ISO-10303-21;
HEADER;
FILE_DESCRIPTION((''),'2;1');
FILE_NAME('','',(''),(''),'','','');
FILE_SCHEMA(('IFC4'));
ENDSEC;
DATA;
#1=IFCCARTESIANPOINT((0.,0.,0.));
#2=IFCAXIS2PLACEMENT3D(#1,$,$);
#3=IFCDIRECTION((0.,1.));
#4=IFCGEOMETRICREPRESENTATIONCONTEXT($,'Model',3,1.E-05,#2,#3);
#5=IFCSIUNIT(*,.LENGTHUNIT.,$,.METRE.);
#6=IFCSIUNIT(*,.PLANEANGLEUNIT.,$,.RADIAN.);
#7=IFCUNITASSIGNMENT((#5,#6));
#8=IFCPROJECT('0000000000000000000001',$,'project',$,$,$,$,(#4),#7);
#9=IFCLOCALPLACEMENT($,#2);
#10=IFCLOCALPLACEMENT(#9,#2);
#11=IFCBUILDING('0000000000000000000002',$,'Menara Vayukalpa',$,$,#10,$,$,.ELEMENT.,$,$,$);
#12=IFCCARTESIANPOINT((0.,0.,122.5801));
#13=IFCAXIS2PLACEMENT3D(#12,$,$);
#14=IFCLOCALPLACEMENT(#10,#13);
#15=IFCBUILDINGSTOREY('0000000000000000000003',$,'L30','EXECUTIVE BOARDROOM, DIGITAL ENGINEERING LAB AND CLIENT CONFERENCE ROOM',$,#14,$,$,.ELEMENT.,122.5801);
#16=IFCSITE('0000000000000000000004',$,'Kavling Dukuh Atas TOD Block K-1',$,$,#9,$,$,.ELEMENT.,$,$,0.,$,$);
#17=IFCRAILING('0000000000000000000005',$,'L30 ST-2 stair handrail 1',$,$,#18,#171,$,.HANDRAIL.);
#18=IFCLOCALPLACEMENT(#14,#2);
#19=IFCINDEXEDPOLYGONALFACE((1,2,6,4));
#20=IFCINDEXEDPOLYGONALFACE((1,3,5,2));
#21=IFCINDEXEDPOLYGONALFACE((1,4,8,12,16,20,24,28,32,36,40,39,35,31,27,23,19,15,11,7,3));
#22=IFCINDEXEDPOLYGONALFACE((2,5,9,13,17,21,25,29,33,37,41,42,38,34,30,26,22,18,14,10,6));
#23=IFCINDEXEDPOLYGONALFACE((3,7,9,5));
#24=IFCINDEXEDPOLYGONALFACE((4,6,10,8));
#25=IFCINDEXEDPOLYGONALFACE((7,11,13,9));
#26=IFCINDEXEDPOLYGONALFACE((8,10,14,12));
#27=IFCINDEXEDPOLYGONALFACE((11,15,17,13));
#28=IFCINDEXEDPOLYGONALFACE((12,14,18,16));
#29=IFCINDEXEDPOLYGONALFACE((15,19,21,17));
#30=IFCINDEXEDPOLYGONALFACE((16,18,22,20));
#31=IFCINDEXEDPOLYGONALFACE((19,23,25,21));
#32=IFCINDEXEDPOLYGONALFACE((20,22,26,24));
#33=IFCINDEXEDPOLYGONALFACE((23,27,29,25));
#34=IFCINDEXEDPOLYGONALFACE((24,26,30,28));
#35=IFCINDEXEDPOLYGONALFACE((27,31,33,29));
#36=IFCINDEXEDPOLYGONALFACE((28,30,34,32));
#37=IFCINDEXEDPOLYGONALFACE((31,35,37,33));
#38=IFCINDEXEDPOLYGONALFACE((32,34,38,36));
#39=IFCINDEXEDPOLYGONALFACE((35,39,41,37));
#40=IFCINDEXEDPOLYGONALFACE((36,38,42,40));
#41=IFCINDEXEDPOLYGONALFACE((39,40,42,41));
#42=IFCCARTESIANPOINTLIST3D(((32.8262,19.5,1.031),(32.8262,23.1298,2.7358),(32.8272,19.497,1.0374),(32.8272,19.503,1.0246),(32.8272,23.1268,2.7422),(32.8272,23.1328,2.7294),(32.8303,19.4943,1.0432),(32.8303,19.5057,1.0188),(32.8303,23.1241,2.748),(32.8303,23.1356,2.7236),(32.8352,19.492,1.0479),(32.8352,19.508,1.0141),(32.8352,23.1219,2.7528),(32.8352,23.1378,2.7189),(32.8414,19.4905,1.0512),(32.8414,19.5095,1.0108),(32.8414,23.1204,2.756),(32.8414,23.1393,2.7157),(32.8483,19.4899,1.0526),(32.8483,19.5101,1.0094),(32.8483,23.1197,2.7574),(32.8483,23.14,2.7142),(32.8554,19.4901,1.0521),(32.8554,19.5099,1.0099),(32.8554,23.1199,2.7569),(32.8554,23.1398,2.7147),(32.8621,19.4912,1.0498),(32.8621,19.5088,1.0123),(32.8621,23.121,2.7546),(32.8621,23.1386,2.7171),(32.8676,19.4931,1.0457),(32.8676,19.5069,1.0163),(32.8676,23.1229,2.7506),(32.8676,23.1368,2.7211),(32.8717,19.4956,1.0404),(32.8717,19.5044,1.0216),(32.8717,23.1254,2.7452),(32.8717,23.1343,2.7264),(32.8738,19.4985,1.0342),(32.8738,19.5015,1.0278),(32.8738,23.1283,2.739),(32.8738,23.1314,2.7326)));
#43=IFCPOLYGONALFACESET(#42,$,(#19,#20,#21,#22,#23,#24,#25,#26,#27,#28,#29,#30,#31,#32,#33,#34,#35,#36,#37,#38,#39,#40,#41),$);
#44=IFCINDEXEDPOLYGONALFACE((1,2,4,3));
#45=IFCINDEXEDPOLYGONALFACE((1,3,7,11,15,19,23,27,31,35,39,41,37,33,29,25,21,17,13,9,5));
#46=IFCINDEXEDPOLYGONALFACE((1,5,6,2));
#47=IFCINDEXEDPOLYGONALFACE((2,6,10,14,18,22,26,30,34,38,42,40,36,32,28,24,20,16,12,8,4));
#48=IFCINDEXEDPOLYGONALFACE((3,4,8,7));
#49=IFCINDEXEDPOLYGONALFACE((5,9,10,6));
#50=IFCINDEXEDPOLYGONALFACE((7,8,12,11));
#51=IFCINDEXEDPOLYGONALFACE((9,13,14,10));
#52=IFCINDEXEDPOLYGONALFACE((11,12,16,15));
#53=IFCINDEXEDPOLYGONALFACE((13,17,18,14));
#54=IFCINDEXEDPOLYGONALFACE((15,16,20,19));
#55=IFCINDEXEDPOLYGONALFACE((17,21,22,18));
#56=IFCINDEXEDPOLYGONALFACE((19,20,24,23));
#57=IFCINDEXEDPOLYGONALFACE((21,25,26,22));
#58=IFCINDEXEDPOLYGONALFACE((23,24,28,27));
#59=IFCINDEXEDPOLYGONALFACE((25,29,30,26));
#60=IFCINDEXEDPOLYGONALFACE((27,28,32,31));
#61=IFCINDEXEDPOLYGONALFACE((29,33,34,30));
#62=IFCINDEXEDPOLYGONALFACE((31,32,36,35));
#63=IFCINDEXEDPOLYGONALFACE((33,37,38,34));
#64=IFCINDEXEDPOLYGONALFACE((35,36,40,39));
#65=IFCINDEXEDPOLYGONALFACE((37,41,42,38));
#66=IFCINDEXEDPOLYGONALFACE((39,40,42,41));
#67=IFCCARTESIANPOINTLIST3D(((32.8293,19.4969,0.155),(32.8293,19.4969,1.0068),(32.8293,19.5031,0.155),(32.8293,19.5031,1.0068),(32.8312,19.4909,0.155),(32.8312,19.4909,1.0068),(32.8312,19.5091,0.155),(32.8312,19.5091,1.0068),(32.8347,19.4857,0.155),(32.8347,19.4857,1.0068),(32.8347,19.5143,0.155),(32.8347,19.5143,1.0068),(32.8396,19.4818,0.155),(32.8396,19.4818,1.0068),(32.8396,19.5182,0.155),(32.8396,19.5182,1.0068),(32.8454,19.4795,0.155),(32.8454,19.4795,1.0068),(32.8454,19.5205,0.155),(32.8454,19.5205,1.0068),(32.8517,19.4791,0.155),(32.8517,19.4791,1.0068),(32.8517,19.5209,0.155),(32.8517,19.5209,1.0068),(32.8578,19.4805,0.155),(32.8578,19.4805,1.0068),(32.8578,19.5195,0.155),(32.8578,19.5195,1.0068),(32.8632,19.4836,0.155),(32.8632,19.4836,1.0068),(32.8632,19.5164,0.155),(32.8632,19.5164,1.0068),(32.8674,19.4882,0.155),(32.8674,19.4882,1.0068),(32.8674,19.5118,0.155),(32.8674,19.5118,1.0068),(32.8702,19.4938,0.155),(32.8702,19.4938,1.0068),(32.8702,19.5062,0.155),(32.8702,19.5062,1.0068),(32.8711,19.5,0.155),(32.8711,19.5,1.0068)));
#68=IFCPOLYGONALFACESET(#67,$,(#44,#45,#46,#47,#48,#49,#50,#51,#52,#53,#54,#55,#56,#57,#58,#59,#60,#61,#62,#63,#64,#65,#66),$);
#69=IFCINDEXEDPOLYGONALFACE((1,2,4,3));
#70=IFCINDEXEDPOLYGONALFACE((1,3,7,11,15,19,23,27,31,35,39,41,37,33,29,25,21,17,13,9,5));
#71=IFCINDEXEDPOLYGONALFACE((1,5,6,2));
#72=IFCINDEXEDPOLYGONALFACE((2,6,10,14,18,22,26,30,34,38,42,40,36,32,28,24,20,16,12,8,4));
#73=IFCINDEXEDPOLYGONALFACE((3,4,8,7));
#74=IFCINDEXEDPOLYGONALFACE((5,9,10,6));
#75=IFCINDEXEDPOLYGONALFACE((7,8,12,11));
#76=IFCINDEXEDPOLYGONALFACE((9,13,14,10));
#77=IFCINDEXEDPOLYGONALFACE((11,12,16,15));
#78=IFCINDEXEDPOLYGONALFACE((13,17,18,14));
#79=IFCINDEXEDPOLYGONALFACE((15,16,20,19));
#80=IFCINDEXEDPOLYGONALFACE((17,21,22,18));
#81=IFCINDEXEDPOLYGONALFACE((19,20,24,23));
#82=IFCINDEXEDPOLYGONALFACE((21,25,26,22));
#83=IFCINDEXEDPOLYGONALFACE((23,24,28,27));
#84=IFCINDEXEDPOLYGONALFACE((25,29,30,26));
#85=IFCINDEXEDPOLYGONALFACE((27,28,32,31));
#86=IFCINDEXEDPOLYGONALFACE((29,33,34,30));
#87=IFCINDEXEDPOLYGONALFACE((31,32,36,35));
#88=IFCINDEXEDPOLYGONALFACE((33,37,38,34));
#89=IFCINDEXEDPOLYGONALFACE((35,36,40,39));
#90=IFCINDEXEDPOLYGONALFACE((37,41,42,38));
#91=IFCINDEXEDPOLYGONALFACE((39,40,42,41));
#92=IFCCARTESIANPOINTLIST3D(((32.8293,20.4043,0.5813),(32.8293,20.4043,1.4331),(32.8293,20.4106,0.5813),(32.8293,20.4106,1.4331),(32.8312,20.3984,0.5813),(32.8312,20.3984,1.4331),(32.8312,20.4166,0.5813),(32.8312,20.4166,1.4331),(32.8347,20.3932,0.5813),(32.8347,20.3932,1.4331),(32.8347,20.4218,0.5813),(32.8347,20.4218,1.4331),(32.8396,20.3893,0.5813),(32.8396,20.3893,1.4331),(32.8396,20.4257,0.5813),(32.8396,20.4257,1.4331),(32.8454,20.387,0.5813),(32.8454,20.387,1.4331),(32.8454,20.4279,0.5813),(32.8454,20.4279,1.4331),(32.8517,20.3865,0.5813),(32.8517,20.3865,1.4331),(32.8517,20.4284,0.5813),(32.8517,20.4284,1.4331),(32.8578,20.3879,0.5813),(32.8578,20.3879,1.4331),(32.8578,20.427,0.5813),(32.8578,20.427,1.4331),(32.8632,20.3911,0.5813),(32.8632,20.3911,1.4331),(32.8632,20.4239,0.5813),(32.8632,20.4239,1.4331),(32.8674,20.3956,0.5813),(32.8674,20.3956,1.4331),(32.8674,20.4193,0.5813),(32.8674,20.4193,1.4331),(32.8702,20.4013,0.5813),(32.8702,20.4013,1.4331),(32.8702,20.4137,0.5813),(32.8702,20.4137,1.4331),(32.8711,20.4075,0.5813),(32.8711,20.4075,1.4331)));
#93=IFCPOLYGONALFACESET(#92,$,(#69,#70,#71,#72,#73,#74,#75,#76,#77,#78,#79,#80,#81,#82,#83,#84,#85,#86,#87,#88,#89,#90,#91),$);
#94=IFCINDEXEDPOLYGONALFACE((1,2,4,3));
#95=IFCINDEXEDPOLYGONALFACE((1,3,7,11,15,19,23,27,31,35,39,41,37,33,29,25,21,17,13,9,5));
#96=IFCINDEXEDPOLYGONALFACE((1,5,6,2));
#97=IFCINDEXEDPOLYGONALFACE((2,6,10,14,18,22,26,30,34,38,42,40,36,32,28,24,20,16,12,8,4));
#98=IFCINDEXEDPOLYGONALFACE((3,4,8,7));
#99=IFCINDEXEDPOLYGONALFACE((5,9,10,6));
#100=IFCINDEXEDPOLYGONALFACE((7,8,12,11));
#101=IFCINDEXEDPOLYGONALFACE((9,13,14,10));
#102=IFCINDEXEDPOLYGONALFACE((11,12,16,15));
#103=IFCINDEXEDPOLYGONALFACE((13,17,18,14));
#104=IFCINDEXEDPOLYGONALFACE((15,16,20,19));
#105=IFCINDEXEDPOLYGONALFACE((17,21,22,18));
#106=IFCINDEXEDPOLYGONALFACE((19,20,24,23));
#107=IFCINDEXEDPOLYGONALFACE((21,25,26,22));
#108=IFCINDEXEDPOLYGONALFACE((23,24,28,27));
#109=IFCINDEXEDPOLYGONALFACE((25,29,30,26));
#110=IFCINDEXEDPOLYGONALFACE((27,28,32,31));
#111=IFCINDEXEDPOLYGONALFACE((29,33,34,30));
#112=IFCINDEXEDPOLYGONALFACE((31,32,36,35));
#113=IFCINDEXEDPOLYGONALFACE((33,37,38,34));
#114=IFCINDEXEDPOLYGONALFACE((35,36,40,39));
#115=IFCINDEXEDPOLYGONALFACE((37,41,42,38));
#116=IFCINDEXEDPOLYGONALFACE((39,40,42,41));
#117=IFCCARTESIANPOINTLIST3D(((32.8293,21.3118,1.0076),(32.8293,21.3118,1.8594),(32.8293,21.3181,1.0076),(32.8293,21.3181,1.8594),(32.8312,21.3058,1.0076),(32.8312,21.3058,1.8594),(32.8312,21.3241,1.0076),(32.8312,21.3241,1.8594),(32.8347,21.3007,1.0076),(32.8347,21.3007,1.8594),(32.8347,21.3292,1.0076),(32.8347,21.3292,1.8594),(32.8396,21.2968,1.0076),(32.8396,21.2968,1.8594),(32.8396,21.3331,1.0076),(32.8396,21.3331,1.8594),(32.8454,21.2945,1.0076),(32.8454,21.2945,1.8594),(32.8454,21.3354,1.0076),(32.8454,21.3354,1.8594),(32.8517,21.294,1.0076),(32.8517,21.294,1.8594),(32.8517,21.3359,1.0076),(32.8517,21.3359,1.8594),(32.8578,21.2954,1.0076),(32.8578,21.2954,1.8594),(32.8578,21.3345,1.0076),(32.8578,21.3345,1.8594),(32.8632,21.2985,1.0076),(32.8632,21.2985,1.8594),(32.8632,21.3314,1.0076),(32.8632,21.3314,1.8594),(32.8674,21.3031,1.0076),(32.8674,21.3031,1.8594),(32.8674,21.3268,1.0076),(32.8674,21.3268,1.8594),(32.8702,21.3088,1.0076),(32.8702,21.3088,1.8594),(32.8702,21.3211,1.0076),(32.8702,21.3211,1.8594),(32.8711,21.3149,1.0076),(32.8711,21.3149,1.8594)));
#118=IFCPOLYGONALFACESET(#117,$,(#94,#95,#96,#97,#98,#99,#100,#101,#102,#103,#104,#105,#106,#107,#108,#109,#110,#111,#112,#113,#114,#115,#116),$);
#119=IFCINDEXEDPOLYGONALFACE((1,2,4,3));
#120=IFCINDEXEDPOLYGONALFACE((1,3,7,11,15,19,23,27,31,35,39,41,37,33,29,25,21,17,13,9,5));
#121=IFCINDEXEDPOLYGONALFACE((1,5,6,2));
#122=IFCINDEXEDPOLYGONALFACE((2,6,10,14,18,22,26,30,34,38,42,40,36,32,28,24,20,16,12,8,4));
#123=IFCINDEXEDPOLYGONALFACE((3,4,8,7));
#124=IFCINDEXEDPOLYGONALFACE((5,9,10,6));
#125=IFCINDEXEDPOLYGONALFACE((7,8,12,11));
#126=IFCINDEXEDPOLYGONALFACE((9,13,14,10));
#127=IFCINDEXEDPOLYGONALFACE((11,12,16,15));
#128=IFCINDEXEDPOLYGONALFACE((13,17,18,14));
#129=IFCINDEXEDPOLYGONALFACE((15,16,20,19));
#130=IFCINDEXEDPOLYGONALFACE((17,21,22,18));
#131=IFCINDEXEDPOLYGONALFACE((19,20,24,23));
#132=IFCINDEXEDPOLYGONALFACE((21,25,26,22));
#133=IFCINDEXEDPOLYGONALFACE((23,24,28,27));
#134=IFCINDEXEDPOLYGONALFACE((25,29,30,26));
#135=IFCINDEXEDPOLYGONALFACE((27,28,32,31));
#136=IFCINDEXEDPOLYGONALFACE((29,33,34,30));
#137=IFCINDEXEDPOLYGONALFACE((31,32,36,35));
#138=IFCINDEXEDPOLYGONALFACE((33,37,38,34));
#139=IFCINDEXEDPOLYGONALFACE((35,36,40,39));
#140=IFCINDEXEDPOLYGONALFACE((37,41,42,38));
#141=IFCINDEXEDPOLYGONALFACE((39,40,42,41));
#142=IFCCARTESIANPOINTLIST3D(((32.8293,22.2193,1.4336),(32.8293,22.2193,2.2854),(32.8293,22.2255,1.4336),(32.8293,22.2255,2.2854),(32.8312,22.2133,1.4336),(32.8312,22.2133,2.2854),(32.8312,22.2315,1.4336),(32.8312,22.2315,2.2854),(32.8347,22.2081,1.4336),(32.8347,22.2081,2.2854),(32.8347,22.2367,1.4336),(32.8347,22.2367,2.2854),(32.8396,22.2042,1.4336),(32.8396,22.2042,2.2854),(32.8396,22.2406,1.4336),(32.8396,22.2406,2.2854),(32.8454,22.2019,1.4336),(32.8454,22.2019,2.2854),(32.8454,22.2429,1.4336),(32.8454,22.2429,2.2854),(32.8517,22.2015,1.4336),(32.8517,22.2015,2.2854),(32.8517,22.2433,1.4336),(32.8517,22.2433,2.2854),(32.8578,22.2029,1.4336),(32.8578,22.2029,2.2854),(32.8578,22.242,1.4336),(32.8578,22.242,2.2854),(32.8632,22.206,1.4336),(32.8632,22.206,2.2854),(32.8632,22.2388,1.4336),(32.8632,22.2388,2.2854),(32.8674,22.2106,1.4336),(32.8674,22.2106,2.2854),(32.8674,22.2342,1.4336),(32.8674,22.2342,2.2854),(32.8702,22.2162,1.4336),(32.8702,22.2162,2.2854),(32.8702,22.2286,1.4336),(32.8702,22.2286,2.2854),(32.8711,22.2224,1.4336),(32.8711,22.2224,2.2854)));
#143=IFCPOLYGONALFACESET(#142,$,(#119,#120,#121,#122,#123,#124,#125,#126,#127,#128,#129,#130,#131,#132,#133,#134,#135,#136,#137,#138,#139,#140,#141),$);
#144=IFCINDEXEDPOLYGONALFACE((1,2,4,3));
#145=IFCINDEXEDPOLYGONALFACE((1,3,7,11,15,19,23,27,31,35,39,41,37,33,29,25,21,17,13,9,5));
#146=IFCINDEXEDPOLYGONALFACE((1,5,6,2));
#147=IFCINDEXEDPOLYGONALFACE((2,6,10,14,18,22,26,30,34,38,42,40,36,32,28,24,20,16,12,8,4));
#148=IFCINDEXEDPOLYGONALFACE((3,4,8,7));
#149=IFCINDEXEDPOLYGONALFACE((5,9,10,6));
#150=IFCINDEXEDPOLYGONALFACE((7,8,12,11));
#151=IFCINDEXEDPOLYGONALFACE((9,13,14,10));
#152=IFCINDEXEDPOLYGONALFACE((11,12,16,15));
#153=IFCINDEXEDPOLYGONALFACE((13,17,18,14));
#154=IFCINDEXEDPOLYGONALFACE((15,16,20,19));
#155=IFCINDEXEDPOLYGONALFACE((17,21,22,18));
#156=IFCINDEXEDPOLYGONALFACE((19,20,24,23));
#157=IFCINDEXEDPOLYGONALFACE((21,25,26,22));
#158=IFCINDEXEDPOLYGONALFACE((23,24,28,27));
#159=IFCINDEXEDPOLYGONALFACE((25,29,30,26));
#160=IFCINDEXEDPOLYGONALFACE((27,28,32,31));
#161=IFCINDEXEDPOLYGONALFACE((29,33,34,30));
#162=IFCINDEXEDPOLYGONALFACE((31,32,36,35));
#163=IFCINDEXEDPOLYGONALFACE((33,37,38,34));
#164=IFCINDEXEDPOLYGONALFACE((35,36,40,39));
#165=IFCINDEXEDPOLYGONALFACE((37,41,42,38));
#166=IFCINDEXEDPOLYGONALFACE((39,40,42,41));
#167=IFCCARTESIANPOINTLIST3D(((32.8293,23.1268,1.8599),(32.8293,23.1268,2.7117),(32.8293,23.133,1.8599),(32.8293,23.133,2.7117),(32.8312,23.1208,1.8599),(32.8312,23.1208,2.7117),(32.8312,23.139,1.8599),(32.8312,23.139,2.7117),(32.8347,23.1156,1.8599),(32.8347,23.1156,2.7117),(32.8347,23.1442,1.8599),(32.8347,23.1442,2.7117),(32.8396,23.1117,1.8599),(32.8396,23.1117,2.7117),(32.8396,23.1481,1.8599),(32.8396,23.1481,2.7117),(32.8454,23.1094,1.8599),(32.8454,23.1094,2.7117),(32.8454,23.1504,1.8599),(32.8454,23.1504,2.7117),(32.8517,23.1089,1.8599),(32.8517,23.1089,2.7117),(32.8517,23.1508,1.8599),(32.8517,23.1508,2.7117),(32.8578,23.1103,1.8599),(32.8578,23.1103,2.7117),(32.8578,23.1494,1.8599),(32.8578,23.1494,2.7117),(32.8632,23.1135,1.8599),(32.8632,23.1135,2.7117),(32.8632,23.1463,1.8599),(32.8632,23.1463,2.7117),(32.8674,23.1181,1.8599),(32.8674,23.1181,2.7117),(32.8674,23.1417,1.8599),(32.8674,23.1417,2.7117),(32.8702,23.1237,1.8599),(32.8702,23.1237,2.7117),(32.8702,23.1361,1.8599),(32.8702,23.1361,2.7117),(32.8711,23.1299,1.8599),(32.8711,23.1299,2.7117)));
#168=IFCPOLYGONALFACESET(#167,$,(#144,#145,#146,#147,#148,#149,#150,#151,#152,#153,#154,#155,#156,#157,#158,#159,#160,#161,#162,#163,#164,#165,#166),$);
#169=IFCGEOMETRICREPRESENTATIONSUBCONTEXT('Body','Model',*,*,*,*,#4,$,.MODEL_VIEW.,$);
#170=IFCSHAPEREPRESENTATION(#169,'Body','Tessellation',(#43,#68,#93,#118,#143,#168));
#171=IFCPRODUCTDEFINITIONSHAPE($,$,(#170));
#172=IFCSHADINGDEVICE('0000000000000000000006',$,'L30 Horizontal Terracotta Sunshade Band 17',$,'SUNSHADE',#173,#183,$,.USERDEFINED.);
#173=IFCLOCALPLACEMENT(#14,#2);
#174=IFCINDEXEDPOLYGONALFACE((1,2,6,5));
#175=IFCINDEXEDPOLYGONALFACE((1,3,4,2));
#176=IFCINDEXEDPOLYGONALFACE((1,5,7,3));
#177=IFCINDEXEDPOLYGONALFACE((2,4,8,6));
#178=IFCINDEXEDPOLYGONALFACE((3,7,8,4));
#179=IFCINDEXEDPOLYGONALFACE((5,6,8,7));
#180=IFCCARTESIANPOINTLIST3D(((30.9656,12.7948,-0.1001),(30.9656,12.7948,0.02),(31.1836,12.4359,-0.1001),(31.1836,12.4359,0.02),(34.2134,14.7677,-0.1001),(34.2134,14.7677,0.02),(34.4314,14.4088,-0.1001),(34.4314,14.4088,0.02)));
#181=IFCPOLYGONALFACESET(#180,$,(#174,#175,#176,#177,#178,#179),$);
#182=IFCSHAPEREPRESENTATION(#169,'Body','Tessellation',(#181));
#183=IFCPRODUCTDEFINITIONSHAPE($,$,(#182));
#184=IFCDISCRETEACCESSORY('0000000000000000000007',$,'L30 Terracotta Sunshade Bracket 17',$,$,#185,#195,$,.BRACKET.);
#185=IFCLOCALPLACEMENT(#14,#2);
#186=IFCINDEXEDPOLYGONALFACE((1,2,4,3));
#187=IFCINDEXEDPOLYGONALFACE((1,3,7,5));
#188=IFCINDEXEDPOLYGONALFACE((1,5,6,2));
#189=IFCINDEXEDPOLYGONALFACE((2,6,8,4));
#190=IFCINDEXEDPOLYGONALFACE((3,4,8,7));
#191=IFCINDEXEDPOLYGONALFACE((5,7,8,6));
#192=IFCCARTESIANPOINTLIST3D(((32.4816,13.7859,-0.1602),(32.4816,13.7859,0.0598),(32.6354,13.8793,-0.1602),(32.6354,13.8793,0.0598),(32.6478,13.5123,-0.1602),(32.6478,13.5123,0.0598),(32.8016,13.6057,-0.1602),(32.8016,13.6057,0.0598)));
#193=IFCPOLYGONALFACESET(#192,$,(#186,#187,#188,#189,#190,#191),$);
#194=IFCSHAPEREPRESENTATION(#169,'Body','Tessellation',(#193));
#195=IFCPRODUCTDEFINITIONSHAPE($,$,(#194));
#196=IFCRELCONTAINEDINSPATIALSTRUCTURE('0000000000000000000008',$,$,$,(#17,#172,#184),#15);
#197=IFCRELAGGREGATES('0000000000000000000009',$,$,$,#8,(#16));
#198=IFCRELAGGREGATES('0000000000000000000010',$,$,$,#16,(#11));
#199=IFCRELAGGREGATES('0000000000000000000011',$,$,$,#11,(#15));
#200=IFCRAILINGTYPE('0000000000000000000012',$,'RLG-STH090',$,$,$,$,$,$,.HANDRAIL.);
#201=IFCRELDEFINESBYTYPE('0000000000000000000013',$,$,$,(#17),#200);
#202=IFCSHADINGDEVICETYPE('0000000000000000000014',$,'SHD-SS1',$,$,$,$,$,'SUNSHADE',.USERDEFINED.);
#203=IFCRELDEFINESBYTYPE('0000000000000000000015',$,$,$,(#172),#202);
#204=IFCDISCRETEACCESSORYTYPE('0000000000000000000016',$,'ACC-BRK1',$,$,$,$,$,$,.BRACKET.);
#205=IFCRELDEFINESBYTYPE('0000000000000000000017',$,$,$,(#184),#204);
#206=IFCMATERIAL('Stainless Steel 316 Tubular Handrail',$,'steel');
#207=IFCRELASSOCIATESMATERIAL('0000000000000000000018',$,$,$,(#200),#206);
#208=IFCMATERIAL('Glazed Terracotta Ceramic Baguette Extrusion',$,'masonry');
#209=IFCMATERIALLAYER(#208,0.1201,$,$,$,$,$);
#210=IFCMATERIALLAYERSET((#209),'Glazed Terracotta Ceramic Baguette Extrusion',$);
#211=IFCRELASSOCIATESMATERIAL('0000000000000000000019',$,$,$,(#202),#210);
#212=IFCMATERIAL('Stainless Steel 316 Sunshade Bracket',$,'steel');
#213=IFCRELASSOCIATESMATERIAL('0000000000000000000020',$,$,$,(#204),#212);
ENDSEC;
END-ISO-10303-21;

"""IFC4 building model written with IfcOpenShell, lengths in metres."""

from ifc_helpers import new_model, si_unit, direction, frame, origin, origin_2d, place, context, subcontext, project, spatial, rectangle, circle, extrude, material, layer, layer_set, type_object, element, save


model = new_model("IFC4")

# Units and contexts
model_context = context("Model", 3, precision=1e-05, world=origin(), true_north=direction((0.0, 1.0)))
body_context = subcontext(model_context, "Body", "Model", "MODEL_VIEW")
ifc_project = project(units=[si_unit("LENGTHUNIT", "METRE"), si_unit("PLANEANGLEUNIT", "RADIAN")], contexts=[model_context])

# Site, building, storey
site_placement = place(None, origin())
site = spatial("IfcSite", under=ifc_project, at=site_placement, Name="Kavling Dukuh Atas TOD Block K-1", CompositionType="ELEMENT", RefElevation=0.0)
building_placement = place(site_placement, origin())
building = spatial("IfcBuilding", under=site, at=building_placement, Name="Menara Vayukalpa", CompositionType="ELEMENT")
storey_placement = place(building_placement, frame((0.0, 0.0, 122.5801)))
storey = spatial("IfcBuildingStorey", under=building, at=storey_placement, Name="L30", Description="EXECUTIVE BOARDROOM, DIGITAL ENGINEERING LAB AND CLIENT CONFERENCE ROOM", CompositionType="ELEMENT", Elevation=122.5801)

# Railing
ifc_material_1 = material(Name="Stainless Steel 316 Tubular Handrail", Category="steel")
railing_type_1 = type_object("IfcRailingType", Name="RLG-STH090", PredefinedType="HANDRAIL", material=ifc_material_1)
railing_1_placement = place(storey_placement, frame((32.8501, 19.5, 0.155)))
element("IfcRailing", 1, at=railing_1_placement, inside=storey, type_object=railing_type_1, Name="L30 ST-2 stair handrail 1", PredefinedType="HANDRAIL", context=body_context, shape_type="SweptSolid", body=[
    extrude(circle(Radius=0.0239, at=origin_2d()), frame((0.0, 0.0, 0.876), z_axis=(0.0, 0.90514, 0.425114), x_axis=(-1.0, 0.0, 0.0)), (0.0, 0.0, 1.0), 4.0103),
    extrude(circle(Radius=0.021, at=origin_2d()), origin(), (0.0, 0.0, 1.0), 0.8518),
    extrude(circle(Radius=0.021, at=origin_2d()), frame((0.0, 0.9075, 0.4263)), (0.0, 0.0, 1.0), 0.8518),
    extrude(circle(Radius=0.021, at=origin_2d()), frame((0.0, 1.8149, 0.8525)), (0.0, 0.0, 1.0), 0.8518),
    extrude(circle(Radius=0.021, at=origin_2d()), frame((0.0, 2.7224, 1.2786)), (0.0, 0.0, 1.0), 0.8518),
    extrude(circle(Radius=0.021, at=origin_2d()), frame((0.0, 3.6299, 1.7048)), (0.0, 0.0, 1.0), 0.8518),
])

# Shading device
ifc_material_2 = material(Name="Glazed Terracotta Ceramic Baguette Extrusion", Category="masonry")
ifc_layer_1 = layer(ifc_material_2, 0.1201)
ifc_layer_set_1 = layer_set([ifc_layer_1], Name="Glazed Terracotta Ceramic Baguette Extrusion")
shading_device_type = type_object("IfcShadingDeviceType", Name="SHD-SS1", ElementType="SUNSHADE", PredefinedType="USERDEFINED", material=ifc_layer_set_1)
shading_device_placement = place(storey_placement, frame((32.6985, 13.6018, -0.1001), z_axis=(0.0, 0.0, 1.0), x_axis=(0.854667, 0.519176, 0.0)))
element("IfcShadingDevice", 2, at=shading_device_placement, inside=storey, type_object=shading_device_type, Name="L30 Horizontal Terracotta Sunshade Band 17", ObjectType="SUNSHADE", PredefinedType="USERDEFINED", context=body_context, shape_type="SweptSolid", body=[
    extrude(rectangle(XDim=3.8, YDim=0.4199, at=origin_2d()), origin(), (0.0, 0.0, 1.0), 0.1201),
])

# Discrete accessory
ifc_material_3 = material(Name="Stainless Steel 316 Sunshade Bracket", Category="steel")
discrete_accessory_type = type_object("IfcDiscreteAccessoryType", Name="ACC-BRK1", PredefinedType="BRACKET", material=ifc_material_3)
discrete_accessory_placement = place(storey_placement, frame((32.6416, 13.6958, -0.1602), z_axis=(0.0, 0.0, 1.0), x_axis=(0.854667, 0.519176, 0.0)))
element("IfcDiscreteAccessory", 3, at=discrete_accessory_placement, inside=storey, type_object=discrete_accessory_type, Name="L30 Terracotta Sunshade Bracket 17", PredefinedType="BRACKET", context=body_context, shape_type="SweptSolid", body=[
    extrude(rectangle(XDim=0.1799, YDim=0.3201, at=origin_2d()), origin(), (0.0, 0.0, 1.0), 0.22),
])

save(model, "model.ifc")
